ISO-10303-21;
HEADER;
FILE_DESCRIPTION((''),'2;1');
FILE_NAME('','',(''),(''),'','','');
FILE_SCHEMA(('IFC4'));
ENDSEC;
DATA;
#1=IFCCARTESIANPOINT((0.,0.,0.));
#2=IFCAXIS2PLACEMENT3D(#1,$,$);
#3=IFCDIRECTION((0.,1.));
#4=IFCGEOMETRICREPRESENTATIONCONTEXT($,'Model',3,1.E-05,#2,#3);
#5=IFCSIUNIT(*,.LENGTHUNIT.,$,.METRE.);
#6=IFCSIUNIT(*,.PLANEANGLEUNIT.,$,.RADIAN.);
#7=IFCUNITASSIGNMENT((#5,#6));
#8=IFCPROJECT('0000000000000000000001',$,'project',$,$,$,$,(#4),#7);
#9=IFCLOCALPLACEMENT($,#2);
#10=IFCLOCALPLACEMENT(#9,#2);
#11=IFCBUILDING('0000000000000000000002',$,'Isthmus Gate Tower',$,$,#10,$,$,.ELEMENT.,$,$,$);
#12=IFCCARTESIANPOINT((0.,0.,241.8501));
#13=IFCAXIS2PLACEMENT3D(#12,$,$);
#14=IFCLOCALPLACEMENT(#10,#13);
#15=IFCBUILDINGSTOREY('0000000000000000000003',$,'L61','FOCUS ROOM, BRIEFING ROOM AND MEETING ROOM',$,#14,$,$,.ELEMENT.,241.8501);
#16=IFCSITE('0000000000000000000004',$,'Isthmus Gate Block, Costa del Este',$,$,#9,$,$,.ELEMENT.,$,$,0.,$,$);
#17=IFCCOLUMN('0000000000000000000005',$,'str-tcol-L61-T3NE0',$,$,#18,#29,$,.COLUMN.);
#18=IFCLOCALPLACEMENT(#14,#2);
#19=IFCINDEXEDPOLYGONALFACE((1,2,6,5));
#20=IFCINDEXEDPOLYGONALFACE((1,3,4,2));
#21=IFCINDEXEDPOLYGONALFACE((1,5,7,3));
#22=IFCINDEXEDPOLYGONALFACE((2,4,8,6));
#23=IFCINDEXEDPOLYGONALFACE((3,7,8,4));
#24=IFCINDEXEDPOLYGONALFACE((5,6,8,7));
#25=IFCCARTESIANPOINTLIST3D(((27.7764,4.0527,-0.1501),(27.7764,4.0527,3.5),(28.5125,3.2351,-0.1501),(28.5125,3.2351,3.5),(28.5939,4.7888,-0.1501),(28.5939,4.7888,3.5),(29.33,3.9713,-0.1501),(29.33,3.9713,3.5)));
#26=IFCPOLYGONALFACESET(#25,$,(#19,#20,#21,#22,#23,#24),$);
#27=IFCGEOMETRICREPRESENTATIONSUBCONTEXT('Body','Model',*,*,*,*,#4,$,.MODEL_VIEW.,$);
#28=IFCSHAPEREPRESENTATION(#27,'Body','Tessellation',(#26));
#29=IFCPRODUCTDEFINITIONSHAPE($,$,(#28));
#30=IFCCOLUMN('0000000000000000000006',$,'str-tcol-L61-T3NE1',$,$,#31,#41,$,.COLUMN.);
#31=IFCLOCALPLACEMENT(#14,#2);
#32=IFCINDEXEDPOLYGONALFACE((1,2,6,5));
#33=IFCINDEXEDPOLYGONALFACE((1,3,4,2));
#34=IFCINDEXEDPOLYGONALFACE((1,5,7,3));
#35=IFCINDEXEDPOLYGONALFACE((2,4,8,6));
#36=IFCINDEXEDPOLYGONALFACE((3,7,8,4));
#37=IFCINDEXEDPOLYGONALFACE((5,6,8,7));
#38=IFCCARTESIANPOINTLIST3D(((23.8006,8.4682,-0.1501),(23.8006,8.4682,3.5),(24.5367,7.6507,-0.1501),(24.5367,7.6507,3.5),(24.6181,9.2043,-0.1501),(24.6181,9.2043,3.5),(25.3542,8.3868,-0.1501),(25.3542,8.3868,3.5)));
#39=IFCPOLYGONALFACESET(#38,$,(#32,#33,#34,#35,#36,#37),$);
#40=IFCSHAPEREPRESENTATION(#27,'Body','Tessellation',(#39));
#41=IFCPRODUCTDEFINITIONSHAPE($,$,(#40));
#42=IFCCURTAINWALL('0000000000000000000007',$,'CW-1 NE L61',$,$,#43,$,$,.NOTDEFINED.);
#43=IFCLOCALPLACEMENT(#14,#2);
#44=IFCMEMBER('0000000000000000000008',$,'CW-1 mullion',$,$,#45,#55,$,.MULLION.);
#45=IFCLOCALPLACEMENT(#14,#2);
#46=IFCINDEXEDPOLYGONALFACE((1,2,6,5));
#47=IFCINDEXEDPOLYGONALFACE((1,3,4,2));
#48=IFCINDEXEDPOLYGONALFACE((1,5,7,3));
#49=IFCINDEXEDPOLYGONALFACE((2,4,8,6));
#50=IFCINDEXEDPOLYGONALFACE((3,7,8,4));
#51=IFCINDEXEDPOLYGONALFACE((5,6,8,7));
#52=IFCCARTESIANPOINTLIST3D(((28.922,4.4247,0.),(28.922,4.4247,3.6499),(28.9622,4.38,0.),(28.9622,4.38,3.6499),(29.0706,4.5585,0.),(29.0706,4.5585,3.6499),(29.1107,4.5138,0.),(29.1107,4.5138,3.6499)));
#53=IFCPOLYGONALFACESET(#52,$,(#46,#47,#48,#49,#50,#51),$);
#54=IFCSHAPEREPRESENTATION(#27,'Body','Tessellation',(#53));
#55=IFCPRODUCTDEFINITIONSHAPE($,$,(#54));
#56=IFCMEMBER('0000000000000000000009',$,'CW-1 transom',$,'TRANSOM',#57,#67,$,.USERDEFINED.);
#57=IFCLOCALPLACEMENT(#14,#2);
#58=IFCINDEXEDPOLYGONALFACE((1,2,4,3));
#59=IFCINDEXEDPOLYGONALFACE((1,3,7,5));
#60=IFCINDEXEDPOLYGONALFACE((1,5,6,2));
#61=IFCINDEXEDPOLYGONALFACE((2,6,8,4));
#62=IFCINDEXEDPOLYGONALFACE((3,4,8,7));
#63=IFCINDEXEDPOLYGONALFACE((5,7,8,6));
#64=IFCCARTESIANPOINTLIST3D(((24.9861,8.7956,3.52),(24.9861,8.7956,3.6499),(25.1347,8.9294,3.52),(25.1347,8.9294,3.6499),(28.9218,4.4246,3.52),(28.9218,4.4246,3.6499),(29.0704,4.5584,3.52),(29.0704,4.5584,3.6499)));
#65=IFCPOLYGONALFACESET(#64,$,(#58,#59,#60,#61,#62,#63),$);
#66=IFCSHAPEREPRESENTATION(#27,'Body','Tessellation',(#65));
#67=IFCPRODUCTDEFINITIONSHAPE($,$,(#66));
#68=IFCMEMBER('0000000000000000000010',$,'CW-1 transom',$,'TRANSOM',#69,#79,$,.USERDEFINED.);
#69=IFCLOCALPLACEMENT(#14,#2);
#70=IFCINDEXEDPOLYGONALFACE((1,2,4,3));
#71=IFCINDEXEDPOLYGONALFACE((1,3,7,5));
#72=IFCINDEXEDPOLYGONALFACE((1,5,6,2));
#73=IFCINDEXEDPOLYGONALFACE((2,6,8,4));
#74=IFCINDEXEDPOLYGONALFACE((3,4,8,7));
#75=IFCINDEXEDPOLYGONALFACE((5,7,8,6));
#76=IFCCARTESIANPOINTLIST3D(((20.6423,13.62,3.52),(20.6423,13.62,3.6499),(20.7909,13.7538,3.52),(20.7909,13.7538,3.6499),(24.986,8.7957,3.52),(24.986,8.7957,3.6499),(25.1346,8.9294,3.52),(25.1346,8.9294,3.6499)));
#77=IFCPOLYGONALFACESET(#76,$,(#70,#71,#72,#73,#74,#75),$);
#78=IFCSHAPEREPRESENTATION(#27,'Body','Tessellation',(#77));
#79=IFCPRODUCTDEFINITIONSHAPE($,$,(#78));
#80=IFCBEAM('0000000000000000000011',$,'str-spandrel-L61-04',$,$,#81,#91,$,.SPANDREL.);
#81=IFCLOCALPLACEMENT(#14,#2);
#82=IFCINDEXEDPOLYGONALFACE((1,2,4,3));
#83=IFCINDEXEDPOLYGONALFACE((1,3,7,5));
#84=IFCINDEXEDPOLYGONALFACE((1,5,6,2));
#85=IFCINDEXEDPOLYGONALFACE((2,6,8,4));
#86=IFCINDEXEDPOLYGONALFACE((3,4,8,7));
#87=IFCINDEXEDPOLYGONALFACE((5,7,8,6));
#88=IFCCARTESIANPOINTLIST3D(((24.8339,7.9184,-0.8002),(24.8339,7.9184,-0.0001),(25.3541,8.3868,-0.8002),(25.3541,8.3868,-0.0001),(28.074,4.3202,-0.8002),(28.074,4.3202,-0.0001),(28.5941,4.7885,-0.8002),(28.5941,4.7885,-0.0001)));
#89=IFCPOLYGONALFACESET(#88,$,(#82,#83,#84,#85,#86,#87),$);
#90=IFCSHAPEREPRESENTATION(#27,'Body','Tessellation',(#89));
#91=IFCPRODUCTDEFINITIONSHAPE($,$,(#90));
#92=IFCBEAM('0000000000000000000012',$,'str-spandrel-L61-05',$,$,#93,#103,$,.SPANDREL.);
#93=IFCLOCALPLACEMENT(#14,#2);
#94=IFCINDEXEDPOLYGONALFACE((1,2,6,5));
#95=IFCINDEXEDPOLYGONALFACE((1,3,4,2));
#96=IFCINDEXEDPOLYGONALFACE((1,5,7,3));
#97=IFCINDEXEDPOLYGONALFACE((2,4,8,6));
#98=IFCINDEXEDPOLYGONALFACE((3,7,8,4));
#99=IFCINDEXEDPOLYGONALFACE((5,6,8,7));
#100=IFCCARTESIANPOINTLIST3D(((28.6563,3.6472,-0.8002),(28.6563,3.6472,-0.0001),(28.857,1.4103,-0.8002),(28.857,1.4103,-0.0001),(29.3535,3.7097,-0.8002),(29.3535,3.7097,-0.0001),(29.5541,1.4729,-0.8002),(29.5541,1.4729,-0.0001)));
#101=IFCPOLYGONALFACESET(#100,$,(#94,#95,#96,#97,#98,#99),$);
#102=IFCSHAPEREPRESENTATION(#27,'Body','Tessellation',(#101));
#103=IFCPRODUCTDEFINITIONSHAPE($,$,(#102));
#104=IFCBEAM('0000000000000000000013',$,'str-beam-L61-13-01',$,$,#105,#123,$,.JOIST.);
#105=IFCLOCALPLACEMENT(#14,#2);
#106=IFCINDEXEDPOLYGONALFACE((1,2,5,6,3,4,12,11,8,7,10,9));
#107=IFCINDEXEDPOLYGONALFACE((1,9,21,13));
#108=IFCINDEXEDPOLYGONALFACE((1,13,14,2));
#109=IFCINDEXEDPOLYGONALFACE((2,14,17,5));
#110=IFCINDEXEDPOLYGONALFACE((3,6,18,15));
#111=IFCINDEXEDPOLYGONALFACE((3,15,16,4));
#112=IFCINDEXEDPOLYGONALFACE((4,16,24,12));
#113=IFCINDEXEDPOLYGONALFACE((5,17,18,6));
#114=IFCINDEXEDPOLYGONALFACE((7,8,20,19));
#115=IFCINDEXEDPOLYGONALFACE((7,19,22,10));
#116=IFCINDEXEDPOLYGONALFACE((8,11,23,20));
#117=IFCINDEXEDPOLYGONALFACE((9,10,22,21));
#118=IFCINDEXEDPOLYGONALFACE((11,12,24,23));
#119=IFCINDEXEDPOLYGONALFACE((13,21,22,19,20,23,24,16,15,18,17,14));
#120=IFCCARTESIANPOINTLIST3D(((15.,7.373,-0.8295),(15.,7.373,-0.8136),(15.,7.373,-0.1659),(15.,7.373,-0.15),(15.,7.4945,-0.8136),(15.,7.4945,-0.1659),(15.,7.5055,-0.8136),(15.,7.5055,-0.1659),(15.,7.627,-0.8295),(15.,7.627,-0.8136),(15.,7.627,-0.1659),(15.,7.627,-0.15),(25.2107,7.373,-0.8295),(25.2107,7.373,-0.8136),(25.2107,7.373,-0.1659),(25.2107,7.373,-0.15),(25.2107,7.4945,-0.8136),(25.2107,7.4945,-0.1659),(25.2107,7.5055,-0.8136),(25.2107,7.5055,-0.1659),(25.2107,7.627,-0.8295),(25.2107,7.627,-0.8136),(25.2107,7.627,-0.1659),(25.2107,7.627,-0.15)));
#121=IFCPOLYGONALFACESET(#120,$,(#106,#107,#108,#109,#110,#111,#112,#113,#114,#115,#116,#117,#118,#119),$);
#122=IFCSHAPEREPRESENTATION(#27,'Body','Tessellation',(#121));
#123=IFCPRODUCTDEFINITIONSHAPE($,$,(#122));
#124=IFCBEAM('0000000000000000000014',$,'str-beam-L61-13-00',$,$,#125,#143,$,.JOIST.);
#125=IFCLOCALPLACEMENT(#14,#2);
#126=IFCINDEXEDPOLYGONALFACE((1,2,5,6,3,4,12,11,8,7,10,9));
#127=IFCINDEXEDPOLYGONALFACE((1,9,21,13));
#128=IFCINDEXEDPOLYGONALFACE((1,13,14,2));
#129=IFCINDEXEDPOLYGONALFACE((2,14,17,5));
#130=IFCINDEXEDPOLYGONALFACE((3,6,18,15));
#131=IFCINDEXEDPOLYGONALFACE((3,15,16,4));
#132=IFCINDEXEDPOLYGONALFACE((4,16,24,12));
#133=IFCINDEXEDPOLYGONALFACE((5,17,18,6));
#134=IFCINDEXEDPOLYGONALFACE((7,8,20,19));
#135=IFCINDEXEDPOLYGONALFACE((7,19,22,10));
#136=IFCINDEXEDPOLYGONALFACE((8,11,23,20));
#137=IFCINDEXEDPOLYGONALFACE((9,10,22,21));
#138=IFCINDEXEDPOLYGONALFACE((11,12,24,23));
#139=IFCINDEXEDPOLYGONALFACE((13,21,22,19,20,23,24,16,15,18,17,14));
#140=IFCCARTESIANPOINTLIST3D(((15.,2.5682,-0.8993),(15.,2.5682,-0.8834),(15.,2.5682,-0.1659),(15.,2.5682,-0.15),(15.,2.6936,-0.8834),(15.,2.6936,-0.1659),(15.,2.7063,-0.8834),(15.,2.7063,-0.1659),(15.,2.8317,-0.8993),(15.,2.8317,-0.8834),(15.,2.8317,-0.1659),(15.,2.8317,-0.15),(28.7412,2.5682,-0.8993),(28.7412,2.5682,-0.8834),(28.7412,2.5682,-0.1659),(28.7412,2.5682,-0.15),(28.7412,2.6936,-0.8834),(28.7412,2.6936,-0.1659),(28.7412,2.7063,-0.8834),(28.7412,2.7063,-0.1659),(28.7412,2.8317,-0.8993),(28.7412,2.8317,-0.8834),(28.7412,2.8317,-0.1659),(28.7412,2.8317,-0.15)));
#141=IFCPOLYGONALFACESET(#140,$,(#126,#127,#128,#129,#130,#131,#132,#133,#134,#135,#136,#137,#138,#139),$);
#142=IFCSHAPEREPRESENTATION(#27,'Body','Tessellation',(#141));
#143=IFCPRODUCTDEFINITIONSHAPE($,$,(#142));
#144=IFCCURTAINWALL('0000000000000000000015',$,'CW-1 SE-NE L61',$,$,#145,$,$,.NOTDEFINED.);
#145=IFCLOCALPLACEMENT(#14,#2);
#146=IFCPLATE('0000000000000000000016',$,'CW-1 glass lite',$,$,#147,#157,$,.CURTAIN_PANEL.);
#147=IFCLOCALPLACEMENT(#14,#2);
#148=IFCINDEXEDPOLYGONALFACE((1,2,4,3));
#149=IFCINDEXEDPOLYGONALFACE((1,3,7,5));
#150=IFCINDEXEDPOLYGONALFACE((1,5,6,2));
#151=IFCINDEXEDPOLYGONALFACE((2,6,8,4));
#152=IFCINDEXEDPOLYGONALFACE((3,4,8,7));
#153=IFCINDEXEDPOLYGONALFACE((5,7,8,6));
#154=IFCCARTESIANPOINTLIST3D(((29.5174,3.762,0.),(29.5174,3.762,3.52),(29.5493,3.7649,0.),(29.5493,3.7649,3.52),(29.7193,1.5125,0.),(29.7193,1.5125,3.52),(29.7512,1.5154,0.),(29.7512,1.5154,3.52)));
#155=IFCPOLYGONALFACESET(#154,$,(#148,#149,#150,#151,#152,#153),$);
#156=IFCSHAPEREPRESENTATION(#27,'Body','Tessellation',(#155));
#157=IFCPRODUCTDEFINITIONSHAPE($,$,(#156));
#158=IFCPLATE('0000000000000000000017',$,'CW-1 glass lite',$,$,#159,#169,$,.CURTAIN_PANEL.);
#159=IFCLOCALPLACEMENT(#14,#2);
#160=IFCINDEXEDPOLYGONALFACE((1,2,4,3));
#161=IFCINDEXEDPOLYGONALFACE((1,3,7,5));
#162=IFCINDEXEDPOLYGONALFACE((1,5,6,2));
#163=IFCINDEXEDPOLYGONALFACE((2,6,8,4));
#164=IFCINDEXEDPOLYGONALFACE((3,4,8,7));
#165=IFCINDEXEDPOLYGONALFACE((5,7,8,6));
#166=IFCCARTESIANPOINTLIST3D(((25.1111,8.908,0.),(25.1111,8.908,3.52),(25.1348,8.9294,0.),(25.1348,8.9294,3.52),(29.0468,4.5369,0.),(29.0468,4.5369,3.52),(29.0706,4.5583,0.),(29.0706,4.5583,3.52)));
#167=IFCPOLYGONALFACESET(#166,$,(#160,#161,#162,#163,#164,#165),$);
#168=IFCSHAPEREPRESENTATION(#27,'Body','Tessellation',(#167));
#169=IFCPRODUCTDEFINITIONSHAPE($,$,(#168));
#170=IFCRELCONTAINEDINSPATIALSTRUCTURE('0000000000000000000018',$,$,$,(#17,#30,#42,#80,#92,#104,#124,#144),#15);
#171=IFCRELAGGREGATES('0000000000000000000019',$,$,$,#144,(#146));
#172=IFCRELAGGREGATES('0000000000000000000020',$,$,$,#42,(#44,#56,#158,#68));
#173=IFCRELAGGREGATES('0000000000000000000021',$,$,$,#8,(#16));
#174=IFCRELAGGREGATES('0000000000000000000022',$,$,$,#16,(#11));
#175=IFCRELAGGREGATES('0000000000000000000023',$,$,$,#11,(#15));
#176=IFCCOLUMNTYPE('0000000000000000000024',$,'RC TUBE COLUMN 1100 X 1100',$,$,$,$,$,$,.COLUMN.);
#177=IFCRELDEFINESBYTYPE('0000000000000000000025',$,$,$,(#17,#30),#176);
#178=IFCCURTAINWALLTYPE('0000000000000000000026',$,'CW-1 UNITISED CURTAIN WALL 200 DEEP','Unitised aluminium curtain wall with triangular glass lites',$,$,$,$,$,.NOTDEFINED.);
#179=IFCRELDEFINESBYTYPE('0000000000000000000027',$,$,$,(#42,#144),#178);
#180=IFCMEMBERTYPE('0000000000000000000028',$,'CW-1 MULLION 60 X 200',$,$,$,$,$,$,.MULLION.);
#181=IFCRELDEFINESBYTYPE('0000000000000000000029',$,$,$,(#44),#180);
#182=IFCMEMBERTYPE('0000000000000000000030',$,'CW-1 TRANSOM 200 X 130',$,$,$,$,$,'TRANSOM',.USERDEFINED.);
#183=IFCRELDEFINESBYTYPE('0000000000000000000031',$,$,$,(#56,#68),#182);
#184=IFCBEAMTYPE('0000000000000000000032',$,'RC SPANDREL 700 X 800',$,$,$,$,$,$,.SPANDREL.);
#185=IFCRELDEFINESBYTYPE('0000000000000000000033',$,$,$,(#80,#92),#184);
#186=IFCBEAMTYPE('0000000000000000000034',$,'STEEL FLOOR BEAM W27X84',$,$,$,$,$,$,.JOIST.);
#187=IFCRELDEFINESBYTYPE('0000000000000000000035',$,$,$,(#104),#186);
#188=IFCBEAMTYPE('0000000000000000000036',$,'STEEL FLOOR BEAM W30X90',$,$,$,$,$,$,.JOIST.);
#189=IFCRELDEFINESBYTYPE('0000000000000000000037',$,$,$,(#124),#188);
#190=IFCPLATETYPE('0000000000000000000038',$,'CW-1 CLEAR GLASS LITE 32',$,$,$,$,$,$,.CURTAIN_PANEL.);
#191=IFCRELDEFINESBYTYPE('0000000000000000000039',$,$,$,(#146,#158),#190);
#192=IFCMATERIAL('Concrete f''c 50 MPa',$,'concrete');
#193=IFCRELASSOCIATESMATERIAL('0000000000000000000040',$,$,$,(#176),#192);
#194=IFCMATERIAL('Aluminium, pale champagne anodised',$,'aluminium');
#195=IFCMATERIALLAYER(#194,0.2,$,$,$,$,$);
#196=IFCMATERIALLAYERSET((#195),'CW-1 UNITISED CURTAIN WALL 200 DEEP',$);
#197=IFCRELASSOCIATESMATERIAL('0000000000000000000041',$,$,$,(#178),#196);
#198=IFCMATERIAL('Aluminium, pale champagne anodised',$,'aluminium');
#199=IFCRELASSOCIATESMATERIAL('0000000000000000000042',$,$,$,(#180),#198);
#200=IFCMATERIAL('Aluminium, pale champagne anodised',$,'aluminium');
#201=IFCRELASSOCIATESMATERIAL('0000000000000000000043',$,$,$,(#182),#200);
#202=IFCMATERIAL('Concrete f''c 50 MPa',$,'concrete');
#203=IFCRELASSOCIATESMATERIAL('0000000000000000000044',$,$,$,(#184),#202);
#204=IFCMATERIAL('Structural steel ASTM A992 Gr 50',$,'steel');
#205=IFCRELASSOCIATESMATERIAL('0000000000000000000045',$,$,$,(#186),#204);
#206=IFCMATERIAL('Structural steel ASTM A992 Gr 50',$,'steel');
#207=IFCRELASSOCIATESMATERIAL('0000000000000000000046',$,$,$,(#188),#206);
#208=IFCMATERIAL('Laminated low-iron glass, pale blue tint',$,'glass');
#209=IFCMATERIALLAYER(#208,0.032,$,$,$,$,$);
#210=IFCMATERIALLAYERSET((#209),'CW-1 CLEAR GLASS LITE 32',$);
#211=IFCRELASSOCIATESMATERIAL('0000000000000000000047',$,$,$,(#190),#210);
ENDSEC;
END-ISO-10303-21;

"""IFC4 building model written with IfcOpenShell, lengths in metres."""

from ifc_helpers import new_model, si_unit, direction, frame, origin, origin_2d, place, context, subcontext, project, spatial, rectangle, i_section, extrude, material, layer, layer_set, material_profile, profile_set, type_object, element, aggregate, save


model = new_model("IFC4")

# Units and contexts
model_context = context("Model", 3, precision=1e-05, world=origin(), true_north=direction((0.0, 1.0)))
body_context = subcontext(model_context, "Body", "Model", "MODEL_VIEW")
ifc_project = project(units=[si_unit("LENGTHUNIT", "METRE"), si_unit("PLANEANGLEUNIT", "RADIAN")], contexts=[model_context])

# Site, building, storey
site_placement = place(None, origin())
site = spatial("IfcSite", under=ifc_project, at=site_placement, Name="Isthmus Gate Block, Costa del Este", CompositionType="ELEMENT", RefElevation=0.0)
building_placement = place(site_placement, origin())
building = spatial("IfcBuilding", under=site, at=building_placement, Name="Isthmus Gate Tower", CompositionType="ELEMENT")
storey_placement = place(building_placement, frame((0.0, 0.0, 241.8501)))
storey = spatial("IfcBuildingStorey", under=building, at=storey_placement, Name="L61", Description="FOCUS ROOM, BRIEFING ROOM AND MEETING ROOM", CompositionType="ELEMENT", Elevation=241.8501)

# Columns
ifc_material_1 = material(Name="Concrete f'c 50 MPa", Category="concrete")
ifc_material_profile_1 = material_profile(ifc_material_1, rectangle(XDim=1.1001, YDim=1.1001, at=origin_2d()), Name="RC 1100X1100")
ifc_profile_set_1 = profile_set([ifc_material_profile_1], Name="Concrete f'c 50 MPa")
column_type = type_object("IfcColumnType", Name="RC TUBE COLUMN 1100 X 1100", PredefinedType="COLUMN", material=ifc_profile_set_1)
for number, where, z_axis, x_axis, name in (
    (1, (28.5532, 4.012, -0.1501), (0.0, 0.0, 1.0), (-0.669131, 0.743145, 0.0), "str-tcol-L61-T3NE0"),
    (2, (24.5774, 8.4275, -0.1501), (0.0, 0.0, 1.0), (-0.669131, 0.743145, 0.0), "str-tcol-L61-T3NE1"),
):
    element("IfcColumn", number, at=place(storey_placement, frame(where, z_axis=z_axis, x_axis=x_axis)), inside=storey, type_object=column_type, Name=name, PredefinedType="COLUMN", context=body_context, shape_type="SweptSolid", body=[
        extrude(rectangle(XDim=1.1001, YDim=1.1001, at=origin_2d()), origin(), (0.0, 0.0, 1.0), 3.6501),
    ])

# Curtain wall, members
ifc_material_2 = material(Name="Aluminium, pale champagne anodised", Category="aluminium")
ifc_layer_1 = layer(ifc_material_2, 0.2)
ifc_layer_set_1 = layer_set([ifc_layer_1], Name="CW-1 UNITISED CURTAIN WALL 200 DEEP")
curtain_wall_type = type_object("IfcCurtainWallType", Name="CW-1 UNITISED CURTAIN WALL 200 DEEP", Description="Unitised aluminium curtain wall with triangular glass lites", PredefinedType="NOTDEFINED", material=ifc_layer_set_1)
curtain_wall_1_placement = place(storey_placement, origin())
curtain_wall_1 = element("IfcCurtainWall", 3, at=curtain_wall_1_placement, inside=storey, type_object=curtain_wall_type, Name="CW-1 NE L61", PredefinedType="NOTDEFINED")
ifc_material_3 = material(Name="Aluminium, pale champagne anodised", Category="aluminium")
ifc_material_profile_2 = material_profile(ifc_material_3, rectangle(XDim=0.0601, YDim=0.2, at=origin_2d()), Name="60x200")
ifc_profile_set_2 = profile_set([ifc_material_profile_2], Name="Aluminium, pale champagne anodised")
member_type_1 = type_object("IfcMemberType", Name="CW-1 MULLION 60 X 200", PredefinedType="MULLION", material=ifc_profile_set_2)
member_1_placement = place(storey_placement, frame((29.0164, 4.4692, 0.0), z_axis=(0.0, 0.0, 1.0), x_axis=(-0.669131, 0.743145, 0.0)))
member_1 = element("IfcMember", 4, at=member_1_placement, type_object=member_type_1, Name="CW-1 mullion", PredefinedType="MULLION", context=body_context, shape_type="SweptSolid", body=[
    extrude(rectangle(XDim=0.0601, YDim=0.2, at=origin_2d()), origin(), (0.0, 0.0, 1.0), 3.6499),
])
ifc_material_4 = material(Name="Aluminium, pale champagne anodised", Category="aluminium")
ifc_material_profile_3 = material_profile(ifc_material_4, rectangle(XDim=0.2, YDim=0.1299, at=origin_2d()), Name="200x130")
ifc_profile_set_3 = profile_set([ifc_material_profile_3], Name="Aluminium, pale champagne anodised")
member_type_2 = type_object("IfcMemberType", Name="CW-1 TRANSOM 200 X 130", ElementType="TRANSOM", PredefinedType="USERDEFINED", material=ifc_profile_set_3)
member_2_placement = place(storey_placement, frame((28.9961, 4.4915, 3.585), z_axis=(-0.669134, 0.743141, 0.0), x_axis=(-0.743141, -0.669134, 0.0)))
member_2 = element("IfcMember", 5, at=member_2_placement, type_object=member_type_2, Name="CW-1 transom", ObjectType="TRANSOM", PredefinedType="USERDEFINED", context=body_context, shape_type="SweptSolid", body=[
    extrude(rectangle(XDim=0.2, YDim=0.1299, at=origin_2d()), origin(), (0.0, 0.0, 1.0), 5.8818),
])
member_3_placement = place(storey_placement, frame((25.0603, 8.8625, 3.585), z_axis=(-0.669112, 0.743161, 0.0), x_axis=(-0.743161, -0.669112, 0.0)))
member_3 = element("IfcMember", 6, at=member_3_placement, type_object=member_type_2, Name="CW-1 transom", ObjectType="TRANSOM", PredefinedType="USERDEFINED", context=body_context, shape_type="SweptSolid", body=[
    extrude(rectangle(XDim=0.2, YDim=0.1299, at=origin_2d()), origin(), (0.0, 0.0, 1.0), 6.4917),
])

# Beams
ifc_material_5 = material(Name="Concrete f'c 50 MPa", Category="concrete")
ifc_material_profile_4 = material_profile(ifc_material_5, rectangle(XDim=0.7, YDim=0.8, at=origin_2d()), Name="RC 700X800")
ifc_profile_set_4 = profile_set([ifc_material_profile_4], Name="Concrete f'c 50 MPa")
beam_type_1 = type_object("IfcBeamType", Name="RC SPANDREL 700 X 800", PredefinedType="SPANDREL", material=ifc_profile_set_4)
beam_1_placement = place(storey_placement, frame((25.094, 8.1526, -0.4001), z_axis=(0.669154, -0.743124, 0.0), x_axis=(0.743124, 0.669154, 0.0)))
element("IfcBeam", 7, at=beam_1_placement, inside=storey, type_object=beam_type_1, Name="str-spandrel-L61-04", PredefinedType="SPANDREL", context=body_context, shape_type="SweptSolid", body=[
    extrude(rectangle(XDim=0.7, YDim=0.8, at=origin_2d()), origin(), (0.0, 0.0, 1.0), 4.842),
])
beam_2_placement = place(storey_placement, frame((29.0049, 3.6785, -0.4001), z_axis=(0.089359, -0.995999, 0.0), x_axis=(0.995999, 0.089359, 0.0)))
element("IfcBeam", 8, at=beam_2_placement, inside=storey, type_object=beam_type_1, Name="str-spandrel-L61-05", PredefinedType="SPANDREL", context=body_context, shape_type="SweptSolid", body=[
    extrude(rectangle(XDim=0.7, YDim=0.8, at=origin_2d()), origin(), (0.0, 0.0, 1.0), 2.2458),
])
ifc_material_6 = material(Name="Structural steel ASTM A992 Gr 50", Category="steel")
ifc_material_profile_5 = material_profile(ifc_material_6, i_section(OverallWidth=0.2539, OverallDepth=0.6794, WebThickness=0.011, FlangeThickness=0.0159, at=origin_2d()), Name="W27X84")
ifc_profile_set_5 = profile_set([ifc_material_profile_5], Name="Structural steel ASTM A992 Gr 50")
beam_type_2 = type_object("IfcBeamType", Name="STEEL FLOOR BEAM W27X84", PredefinedType="JOIST", material=ifc_profile_set_5)
beam_3_placement = place(storey_placement, frame((15.0, 7.5, -0.4897), z_axis=(1.0, 0.0, 0.0), x_axis=(0.0, 1.0, 0.0)))
element("IfcBeam", 9, at=beam_3_placement, inside=storey, type_object=beam_type_2, Name="str-beam-L61-13-01", PredefinedType="JOIST", context=body_context, shape_type="SweptSolid", body=[
    extrude(i_section(OverallWidth=0.2539, OverallDepth=0.6794, WebThickness=0.011, FlangeThickness=0.0159, at=origin_2d()), origin(), (0.0, 0.0, 1.0), 10.2107),
])
ifc_material_7 = material(Name="Structural steel ASTM A992 Gr 50", Category="steel")
ifc_material_profile_6 = material_profile(ifc_material_7, i_section(OverallWidth=0.2634, OverallDepth=0.7493, WebThickness=0.0127, FlangeThickness=0.0159, at=origin_2d()), Name="W30X90")
ifc_profile_set_6 = profile_set([ifc_material_profile_6], Name="Structural steel ASTM A992 Gr 50")
beam_type_3 = type_object("IfcBeamType", Name="STEEL FLOOR BEAM W30X90", PredefinedType="JOIST", material=ifc_profile_set_6)
beam_4_placement = place(storey_placement, frame((15.0, 2.7, -0.5247), z_axis=(1.0, 0.0, 0.0), x_axis=(0.0, 1.0, 0.0)))
element("IfcBeam", 10, at=beam_4_placement, inside=storey, type_object=beam_type_3, Name="str-beam-L61-13-00", PredefinedType="JOIST", context=body_context, shape_type="SweptSolid", body=[
    extrude(i_section(OverallWidth=0.2634, OverallDepth=0.7493, WebThickness=0.0127, FlangeThickness=0.0159, at=origin_2d()), origin(), (0.0, 0.0, 1.0), 13.7412),
])

# Curtain wall, plate
curtain_wall_2_placement = place(storey_placement, origin())
curtain_wall_2 = element("IfcCurtainWall", 11, at=curtain_wall_2_placement, inside=storey, type_object=curtain_wall_type, Name="CW-1 SE-NE L61", PredefinedType="NOTDEFINED")
ifc_material_8 = material(Name="Laminated low-iron glass, pale blue tint", Category="glass")
ifc_layer_2 = layer(ifc_material_8, 0.032)
ifc_layer_set_2 = layer_set([ifc_layer_2], Name="CW-1 CLEAR GLASS LITE 32")
plate_type = type_object("IfcPlateType", Name="CW-1 CLEAR GLASS LITE 32", PredefinedType="CURTAIN_PANEL", material=ifc_layer_set_2)
plate_1_placement = place(storey_placement, frame((29.6343, 2.6387, 0.0), z_axis=(0.0, 0.0, 1.0), x_axis=(-0.089397, 0.995996, 0.0)))
plate_1 = element("IfcPlate", 12, at=plate_1_placement, type_object=plate_type, Name="CW-1 glass lite", PredefinedType="CURTAIN_PANEL", context=body_context, shape_type="SweptSolid", body=[
    extrude(rectangle(XDim=2.2585, YDim=0.032, at=origin_2d()), origin(), (0.0, 0.0, 1.0), 3.52),
])
aggregate(curtain_wall_2, [plate_1])

# Plate
plate_2_placement = place(storey_placement, frame((27.0908, 6.7332, 0.0), z_axis=(0.0, 0.0, 1.0), x_axis=(-0.669131, 0.743145, 0.0)))
plate_2 = element("IfcPlate", 13, at=plate_2_placement, type_object=plate_type, Name="CW-1 glass lite", PredefinedType="CURTAIN_PANEL", context=body_context, shape_type="SweptSolid", body=[
    extrude(rectangle(XDim=5.8818, YDim=0.032, at=origin_2d()), origin(), (0.0, 0.0, 1.0), 3.52),
])
aggregate(curtain_wall_1, [member_1, member_2, plate_2, member_3])

save(model, "model.ifc")
